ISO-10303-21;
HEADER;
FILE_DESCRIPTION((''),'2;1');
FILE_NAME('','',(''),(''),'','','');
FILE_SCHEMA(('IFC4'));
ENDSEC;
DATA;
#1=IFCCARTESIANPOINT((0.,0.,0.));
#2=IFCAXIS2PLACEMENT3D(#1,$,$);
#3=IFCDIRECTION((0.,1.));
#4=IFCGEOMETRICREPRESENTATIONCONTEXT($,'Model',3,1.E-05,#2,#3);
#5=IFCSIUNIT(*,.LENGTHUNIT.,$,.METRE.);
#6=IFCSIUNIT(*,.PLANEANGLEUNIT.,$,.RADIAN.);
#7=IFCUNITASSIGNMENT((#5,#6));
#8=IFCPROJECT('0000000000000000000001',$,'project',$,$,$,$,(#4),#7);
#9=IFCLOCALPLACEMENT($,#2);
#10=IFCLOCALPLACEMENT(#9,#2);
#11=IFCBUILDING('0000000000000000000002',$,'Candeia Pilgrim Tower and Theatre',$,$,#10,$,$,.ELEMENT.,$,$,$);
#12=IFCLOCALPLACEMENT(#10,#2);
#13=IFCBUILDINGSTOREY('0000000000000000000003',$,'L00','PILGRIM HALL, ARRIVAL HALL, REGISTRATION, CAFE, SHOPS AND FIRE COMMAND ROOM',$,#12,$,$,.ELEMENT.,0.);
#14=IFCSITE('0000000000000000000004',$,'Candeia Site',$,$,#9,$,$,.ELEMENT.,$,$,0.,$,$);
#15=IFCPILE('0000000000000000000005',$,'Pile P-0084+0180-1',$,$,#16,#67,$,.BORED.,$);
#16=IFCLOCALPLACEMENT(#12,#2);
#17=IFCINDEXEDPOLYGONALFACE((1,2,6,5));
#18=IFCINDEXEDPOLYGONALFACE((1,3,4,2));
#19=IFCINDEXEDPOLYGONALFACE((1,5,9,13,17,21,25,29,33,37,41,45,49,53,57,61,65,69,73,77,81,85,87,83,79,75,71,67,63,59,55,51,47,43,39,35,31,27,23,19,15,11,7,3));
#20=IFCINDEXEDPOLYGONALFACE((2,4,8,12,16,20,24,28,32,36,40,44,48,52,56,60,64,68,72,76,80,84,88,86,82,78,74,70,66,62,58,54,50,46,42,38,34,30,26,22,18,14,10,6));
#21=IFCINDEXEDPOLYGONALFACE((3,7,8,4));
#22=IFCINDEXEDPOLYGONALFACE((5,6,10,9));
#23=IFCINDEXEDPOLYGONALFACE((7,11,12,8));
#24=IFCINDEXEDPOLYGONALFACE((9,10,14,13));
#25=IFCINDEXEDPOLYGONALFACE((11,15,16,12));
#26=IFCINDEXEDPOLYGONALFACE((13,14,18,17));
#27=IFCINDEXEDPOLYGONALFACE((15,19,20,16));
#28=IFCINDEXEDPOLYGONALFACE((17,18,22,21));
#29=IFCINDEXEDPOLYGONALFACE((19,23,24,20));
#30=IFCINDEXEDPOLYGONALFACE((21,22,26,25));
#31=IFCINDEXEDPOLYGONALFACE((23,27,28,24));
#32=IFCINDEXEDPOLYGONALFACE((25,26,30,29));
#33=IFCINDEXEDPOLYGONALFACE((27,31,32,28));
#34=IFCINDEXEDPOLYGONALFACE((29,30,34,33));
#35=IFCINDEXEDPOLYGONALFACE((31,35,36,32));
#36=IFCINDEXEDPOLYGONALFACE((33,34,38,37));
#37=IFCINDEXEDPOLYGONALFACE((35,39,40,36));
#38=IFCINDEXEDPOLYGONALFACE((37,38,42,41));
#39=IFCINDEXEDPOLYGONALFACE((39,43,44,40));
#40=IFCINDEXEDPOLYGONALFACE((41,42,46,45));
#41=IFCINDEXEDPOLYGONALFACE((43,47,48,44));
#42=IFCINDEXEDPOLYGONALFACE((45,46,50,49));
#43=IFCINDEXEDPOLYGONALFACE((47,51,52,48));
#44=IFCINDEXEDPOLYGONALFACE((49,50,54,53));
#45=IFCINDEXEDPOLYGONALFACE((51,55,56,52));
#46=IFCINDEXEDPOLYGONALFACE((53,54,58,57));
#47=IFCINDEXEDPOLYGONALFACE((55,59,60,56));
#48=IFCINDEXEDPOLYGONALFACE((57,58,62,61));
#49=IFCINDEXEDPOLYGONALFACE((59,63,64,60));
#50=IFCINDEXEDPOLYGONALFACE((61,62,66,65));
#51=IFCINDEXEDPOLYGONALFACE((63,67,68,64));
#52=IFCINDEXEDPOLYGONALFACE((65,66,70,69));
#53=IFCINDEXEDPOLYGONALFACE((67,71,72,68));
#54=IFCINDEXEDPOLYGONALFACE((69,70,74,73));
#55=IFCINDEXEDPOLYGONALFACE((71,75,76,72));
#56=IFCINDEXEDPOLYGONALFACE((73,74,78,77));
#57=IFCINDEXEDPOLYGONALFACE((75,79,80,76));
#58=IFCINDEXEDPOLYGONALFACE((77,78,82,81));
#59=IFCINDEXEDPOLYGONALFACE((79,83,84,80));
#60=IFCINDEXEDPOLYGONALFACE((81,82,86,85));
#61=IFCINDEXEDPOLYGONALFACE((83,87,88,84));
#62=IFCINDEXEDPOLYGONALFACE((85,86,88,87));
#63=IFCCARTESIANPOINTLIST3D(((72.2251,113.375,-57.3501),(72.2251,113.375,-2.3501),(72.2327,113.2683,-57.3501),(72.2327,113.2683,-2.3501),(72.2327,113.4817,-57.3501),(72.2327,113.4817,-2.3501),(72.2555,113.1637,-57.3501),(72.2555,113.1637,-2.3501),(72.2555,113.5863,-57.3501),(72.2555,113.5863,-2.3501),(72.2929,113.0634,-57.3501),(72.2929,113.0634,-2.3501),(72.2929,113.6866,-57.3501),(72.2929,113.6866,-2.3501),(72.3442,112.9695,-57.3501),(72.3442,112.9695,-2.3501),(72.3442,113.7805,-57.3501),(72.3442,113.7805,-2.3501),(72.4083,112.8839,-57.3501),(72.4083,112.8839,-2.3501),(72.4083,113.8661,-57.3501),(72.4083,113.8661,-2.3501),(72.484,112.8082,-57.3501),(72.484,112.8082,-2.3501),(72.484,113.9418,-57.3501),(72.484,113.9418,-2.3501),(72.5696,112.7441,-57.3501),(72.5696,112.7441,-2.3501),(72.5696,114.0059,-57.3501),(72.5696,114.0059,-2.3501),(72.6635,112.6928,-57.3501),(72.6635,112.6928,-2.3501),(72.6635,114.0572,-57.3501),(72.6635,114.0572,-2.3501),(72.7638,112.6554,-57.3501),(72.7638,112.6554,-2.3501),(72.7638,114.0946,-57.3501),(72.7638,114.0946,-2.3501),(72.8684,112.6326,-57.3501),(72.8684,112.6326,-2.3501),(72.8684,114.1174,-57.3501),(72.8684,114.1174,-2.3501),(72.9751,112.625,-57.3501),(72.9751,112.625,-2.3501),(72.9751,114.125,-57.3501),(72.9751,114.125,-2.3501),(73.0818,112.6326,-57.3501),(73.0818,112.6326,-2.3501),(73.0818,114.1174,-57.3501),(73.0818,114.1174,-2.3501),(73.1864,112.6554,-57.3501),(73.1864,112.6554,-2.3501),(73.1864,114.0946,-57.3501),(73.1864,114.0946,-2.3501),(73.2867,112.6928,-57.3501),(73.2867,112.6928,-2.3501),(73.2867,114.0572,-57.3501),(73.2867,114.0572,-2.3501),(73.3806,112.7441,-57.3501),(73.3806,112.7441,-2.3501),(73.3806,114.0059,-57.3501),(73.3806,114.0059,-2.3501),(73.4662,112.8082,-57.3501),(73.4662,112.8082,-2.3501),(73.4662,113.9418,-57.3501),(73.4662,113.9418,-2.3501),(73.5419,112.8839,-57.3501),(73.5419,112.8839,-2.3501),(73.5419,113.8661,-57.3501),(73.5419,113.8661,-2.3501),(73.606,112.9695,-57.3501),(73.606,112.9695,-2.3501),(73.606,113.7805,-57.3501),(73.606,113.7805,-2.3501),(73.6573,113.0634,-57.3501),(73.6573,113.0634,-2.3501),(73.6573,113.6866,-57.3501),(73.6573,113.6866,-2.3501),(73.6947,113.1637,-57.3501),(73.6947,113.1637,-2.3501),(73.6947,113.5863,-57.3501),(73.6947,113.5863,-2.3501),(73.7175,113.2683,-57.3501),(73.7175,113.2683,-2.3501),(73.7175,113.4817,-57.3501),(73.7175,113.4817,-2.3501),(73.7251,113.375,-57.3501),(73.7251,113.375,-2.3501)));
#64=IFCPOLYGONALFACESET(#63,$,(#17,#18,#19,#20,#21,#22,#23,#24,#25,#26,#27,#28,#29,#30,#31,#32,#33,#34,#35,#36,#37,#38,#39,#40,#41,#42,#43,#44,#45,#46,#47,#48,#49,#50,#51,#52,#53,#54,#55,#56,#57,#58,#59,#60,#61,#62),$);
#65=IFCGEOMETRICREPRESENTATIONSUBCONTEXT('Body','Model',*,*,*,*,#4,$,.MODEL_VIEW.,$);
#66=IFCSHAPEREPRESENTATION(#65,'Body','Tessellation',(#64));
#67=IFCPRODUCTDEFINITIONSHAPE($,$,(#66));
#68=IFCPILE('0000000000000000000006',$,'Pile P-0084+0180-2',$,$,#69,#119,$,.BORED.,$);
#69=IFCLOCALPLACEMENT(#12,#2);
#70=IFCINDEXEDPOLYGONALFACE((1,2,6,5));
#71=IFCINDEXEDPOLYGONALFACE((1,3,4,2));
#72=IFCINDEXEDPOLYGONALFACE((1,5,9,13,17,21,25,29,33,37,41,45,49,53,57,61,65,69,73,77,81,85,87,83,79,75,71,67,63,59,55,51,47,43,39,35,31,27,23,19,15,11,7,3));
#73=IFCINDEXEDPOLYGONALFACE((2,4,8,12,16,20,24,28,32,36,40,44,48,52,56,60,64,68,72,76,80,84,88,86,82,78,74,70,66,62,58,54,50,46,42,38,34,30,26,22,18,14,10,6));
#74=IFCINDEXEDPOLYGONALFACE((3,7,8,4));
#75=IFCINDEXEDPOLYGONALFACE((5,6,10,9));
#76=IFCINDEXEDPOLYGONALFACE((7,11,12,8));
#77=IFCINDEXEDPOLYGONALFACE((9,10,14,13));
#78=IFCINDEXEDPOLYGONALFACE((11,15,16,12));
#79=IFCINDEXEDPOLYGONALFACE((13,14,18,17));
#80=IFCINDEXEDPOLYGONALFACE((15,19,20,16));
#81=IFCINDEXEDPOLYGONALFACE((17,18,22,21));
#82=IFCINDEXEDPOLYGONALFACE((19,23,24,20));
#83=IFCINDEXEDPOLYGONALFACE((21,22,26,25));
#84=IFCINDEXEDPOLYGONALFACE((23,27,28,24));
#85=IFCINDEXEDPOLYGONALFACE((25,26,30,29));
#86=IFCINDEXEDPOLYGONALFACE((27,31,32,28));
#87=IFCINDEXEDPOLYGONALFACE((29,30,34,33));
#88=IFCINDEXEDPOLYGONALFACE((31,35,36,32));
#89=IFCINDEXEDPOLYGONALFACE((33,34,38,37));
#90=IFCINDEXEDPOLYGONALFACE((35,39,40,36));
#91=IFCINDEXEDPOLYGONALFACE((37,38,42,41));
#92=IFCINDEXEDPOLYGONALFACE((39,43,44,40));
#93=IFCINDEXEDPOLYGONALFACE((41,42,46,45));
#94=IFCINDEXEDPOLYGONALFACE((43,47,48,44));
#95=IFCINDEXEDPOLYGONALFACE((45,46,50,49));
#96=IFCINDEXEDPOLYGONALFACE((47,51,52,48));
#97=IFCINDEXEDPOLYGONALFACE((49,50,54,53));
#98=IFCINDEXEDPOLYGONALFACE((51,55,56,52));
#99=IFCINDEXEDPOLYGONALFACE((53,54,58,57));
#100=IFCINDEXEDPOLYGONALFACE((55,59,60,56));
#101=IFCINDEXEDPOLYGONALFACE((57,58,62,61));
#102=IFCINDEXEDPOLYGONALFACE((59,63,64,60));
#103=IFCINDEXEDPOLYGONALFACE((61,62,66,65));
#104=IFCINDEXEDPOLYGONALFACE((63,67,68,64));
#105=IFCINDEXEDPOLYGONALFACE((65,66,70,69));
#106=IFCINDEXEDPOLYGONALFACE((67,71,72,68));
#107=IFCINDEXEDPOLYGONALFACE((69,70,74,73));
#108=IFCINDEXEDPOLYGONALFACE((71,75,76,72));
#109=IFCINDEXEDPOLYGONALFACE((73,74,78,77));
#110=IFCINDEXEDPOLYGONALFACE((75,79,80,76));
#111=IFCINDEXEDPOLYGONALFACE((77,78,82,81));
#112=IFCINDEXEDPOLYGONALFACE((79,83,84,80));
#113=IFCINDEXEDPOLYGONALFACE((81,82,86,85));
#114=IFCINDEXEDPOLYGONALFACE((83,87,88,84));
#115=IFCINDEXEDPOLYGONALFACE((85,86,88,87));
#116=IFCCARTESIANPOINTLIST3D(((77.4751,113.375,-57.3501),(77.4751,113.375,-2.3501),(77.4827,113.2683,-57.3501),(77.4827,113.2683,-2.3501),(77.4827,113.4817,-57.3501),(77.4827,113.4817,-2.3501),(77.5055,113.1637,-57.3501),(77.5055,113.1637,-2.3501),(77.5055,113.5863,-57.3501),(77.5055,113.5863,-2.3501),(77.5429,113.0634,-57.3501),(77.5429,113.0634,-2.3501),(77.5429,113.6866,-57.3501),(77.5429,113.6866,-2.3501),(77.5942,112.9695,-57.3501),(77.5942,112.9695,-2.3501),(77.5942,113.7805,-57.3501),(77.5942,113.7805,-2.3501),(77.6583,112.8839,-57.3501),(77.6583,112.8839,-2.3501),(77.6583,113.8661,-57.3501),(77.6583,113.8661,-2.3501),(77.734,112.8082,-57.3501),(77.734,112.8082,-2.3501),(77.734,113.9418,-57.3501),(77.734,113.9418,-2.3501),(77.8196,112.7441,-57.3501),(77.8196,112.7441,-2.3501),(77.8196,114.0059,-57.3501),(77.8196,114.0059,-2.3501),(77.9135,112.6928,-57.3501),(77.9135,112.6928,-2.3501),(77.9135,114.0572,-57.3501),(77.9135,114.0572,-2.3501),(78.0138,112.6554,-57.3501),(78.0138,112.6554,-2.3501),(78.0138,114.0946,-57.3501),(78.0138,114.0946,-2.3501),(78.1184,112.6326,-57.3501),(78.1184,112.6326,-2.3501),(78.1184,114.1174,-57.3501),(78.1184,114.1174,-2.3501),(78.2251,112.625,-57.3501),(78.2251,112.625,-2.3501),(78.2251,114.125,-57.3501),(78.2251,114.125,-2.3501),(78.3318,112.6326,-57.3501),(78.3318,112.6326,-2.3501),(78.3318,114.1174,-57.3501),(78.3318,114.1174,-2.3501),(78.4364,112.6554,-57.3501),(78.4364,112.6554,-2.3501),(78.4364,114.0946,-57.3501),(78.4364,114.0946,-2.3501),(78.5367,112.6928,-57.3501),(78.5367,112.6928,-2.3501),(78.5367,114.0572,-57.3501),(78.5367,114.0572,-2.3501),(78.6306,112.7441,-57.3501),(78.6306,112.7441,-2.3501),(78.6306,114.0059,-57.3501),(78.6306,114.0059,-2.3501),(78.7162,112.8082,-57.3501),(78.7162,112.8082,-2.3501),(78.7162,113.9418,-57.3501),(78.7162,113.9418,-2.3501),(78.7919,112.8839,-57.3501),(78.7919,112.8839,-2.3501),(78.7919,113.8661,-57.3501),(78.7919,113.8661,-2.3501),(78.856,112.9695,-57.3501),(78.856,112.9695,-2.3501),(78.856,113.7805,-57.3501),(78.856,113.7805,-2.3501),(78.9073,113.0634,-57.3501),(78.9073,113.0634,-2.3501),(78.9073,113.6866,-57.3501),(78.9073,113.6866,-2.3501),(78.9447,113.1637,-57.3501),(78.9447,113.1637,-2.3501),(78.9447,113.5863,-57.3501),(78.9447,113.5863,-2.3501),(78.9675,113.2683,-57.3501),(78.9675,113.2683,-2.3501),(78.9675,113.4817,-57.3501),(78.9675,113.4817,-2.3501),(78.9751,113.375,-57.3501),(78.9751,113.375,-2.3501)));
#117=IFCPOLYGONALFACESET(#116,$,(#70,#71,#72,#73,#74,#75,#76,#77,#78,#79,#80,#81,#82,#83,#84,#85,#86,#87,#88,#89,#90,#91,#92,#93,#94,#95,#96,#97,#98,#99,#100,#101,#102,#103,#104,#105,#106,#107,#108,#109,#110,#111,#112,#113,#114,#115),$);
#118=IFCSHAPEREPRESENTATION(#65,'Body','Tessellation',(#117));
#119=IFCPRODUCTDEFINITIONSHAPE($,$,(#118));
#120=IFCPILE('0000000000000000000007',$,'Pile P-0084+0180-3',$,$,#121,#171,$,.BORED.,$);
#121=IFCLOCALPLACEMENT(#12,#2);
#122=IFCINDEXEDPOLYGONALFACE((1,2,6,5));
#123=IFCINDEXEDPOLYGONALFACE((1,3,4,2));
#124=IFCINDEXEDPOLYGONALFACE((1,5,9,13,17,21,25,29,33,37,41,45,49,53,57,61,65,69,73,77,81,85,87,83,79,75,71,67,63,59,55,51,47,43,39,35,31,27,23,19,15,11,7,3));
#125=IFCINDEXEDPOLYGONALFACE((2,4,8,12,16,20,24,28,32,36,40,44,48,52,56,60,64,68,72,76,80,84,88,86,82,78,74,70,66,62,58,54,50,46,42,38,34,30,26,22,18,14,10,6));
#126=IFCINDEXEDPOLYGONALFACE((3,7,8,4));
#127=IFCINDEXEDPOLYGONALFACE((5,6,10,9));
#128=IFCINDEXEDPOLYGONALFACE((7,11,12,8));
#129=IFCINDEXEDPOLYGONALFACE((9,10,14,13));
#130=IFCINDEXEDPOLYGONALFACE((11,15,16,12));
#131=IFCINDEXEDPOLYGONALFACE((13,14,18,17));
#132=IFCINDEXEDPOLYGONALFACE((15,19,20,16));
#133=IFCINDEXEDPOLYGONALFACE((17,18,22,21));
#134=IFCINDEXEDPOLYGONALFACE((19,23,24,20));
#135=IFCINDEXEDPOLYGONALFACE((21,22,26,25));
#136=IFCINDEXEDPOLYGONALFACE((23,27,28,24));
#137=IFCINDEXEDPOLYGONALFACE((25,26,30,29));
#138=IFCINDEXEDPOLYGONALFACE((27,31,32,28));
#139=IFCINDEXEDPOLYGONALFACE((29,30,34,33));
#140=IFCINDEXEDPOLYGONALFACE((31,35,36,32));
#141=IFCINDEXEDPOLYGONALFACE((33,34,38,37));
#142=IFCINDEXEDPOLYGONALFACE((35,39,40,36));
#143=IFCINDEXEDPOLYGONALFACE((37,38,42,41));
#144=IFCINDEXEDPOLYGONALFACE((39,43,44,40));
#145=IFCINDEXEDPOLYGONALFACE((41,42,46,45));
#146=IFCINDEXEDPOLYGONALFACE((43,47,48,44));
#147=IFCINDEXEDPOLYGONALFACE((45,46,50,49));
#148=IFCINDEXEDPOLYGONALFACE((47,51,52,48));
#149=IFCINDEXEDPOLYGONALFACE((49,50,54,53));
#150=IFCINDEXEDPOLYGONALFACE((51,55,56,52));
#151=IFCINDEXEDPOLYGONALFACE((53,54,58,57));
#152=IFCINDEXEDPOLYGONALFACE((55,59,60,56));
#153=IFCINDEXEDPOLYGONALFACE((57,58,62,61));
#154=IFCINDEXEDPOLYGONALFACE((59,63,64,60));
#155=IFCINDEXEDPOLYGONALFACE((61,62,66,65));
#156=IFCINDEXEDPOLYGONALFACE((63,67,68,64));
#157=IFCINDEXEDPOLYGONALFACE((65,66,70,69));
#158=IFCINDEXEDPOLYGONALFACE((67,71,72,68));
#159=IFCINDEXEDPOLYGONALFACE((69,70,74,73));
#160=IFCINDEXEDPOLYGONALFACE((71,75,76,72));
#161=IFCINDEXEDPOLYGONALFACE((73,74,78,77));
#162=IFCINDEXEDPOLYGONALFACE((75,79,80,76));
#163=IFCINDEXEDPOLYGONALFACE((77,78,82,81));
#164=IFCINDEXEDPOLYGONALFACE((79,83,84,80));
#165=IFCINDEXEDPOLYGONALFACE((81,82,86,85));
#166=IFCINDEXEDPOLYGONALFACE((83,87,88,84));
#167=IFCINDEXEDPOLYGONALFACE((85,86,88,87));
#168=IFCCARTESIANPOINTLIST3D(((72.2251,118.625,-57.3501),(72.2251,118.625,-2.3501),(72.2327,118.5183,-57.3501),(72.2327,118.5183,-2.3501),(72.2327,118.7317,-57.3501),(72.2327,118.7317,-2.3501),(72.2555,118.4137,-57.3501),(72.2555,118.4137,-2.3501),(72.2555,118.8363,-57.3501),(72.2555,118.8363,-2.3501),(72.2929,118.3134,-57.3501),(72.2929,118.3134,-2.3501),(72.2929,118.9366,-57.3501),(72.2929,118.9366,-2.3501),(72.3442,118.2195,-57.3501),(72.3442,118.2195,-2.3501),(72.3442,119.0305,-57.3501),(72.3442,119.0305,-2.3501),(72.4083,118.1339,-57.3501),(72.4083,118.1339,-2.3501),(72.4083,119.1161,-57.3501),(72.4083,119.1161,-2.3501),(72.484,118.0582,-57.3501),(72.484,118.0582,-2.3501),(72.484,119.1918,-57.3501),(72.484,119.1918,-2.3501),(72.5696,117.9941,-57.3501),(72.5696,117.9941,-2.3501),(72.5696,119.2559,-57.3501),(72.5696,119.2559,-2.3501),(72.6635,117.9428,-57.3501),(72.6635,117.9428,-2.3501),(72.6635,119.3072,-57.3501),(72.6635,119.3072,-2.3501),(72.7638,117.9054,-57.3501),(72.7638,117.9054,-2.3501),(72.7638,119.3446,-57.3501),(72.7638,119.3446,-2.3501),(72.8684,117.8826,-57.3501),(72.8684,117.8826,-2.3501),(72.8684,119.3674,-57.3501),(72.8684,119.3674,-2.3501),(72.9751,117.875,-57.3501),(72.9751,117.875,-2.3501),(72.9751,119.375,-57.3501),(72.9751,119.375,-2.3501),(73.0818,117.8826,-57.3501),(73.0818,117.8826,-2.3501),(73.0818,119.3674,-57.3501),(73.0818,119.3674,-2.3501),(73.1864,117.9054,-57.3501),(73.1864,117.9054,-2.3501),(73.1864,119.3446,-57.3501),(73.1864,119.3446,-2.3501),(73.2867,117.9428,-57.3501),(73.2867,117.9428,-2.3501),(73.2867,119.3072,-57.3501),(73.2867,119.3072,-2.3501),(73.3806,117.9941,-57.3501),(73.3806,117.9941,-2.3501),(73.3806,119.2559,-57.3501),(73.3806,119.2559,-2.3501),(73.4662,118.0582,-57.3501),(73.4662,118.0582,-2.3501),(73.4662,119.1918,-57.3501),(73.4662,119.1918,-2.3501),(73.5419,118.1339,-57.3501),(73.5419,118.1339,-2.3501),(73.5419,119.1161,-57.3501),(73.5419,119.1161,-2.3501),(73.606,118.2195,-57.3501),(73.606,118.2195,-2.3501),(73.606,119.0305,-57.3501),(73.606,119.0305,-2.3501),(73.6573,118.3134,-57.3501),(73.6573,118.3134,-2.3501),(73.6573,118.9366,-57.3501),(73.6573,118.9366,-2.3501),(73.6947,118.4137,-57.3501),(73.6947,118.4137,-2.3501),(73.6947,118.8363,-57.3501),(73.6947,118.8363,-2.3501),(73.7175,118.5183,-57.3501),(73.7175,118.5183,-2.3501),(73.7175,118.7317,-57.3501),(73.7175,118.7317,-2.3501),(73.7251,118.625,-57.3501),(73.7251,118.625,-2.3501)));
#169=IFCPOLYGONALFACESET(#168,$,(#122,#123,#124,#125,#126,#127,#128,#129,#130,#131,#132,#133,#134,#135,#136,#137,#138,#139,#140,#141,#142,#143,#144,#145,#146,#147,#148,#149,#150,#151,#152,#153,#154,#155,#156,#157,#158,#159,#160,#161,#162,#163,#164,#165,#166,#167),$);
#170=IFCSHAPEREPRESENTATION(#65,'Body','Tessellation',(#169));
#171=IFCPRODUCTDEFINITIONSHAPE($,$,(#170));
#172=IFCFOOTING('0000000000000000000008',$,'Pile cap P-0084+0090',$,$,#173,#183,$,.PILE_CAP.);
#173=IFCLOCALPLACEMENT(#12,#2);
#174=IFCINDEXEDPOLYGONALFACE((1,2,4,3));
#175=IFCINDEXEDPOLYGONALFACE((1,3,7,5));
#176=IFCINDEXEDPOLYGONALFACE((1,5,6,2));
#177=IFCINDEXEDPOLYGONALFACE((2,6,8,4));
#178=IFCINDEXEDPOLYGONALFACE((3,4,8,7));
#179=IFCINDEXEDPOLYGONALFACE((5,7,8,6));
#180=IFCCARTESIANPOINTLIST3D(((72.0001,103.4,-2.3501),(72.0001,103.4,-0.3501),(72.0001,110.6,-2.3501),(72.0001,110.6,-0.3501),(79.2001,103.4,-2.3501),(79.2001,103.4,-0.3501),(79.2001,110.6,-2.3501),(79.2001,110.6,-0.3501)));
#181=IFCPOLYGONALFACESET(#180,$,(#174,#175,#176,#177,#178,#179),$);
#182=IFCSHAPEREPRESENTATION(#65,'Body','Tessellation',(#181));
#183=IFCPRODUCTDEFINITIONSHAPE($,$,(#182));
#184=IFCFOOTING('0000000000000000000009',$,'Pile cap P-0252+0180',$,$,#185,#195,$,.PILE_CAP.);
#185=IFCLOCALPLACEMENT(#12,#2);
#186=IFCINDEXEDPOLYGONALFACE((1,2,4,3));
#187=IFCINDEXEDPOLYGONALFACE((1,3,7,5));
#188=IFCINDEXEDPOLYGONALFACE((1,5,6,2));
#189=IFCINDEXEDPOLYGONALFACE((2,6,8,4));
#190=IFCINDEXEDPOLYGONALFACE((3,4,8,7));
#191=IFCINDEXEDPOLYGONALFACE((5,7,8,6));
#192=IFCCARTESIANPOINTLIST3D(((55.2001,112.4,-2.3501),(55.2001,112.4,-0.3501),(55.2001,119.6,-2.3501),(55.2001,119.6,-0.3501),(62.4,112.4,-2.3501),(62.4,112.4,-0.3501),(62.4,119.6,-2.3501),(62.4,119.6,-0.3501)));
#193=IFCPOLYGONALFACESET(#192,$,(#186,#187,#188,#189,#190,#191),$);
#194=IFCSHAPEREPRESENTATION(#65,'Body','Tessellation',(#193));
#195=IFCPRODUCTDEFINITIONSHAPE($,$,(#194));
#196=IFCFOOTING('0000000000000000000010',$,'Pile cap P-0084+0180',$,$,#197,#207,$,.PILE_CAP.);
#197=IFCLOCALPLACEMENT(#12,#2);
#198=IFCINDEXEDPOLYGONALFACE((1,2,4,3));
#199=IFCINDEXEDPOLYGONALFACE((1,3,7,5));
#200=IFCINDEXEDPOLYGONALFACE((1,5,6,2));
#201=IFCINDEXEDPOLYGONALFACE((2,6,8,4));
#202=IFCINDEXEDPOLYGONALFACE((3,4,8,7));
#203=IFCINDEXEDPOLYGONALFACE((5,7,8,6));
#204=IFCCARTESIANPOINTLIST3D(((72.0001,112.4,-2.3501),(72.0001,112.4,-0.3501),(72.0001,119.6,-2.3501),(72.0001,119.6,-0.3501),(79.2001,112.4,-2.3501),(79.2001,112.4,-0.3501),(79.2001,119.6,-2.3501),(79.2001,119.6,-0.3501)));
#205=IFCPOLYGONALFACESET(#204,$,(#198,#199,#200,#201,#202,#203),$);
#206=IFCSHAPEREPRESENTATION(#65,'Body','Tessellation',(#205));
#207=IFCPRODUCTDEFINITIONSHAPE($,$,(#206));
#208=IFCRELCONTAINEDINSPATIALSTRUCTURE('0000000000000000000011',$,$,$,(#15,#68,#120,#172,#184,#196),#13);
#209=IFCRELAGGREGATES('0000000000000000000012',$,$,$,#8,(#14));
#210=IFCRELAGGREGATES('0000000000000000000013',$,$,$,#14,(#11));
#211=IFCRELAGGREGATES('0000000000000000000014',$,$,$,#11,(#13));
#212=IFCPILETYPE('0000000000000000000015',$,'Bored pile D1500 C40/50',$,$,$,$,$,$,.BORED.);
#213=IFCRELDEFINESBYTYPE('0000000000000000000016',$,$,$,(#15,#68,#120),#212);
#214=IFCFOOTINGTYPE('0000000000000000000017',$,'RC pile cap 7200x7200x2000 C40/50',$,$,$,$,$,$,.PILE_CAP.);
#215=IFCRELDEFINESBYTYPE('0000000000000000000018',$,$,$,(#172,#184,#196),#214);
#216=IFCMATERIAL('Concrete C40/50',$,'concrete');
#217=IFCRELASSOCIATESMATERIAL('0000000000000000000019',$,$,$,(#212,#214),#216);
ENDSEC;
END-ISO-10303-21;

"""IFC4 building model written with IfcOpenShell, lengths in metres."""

from ifc_helpers import new_model, si_unit, direction, frame, origin, origin_2d, place, context, subcontext, project, spatial, rectangle, circle, extrude, material, material_profile, profile_set, type_object, element, save


model = new_model("IFC4")

# Units and contexts
model_context = context("Model", 3, precision=1e-05, world=origin(), true_north=direction((0.0, 1.0)))
body_context = subcontext(model_context, "Body", "Model", "MODEL_VIEW")
ifc_project = project(units=[si_unit("LENGTHUNIT", "METRE"), si_unit("PLANEANGLEUNIT", "RADIAN")], contexts=[model_context])

# Site, building, storey
site_placement = place(None, origin())
site = spatial("IfcSite", under=ifc_project, at=site_placement, Name="Candeia Site", CompositionType="ELEMENT", RefElevation=0.0)
building_placement = place(site_placement, origin())
building = spatial("IfcBuilding", under=site, at=building_placement, Name="Candeia Pilgrim Tower and Theatre", CompositionType="ELEMENT")
storey_placement = place(building_placement, origin())
storey = spatial("IfcBuildingStorey", under=building, at=storey_placement, Name="L00", Description="PILGRIM HALL, ARRIVAL HALL, REGISTRATION, CAFE, SHOPS AND FIRE COMMAND ROOM", CompositionType="ELEMENT", Elevation=0.0)

# Piles
ifc_material_1 = material(Name="Concrete C40/50", Category="concrete")
ifc_material_profile_1 = material_profile(ifc_material_1, circle(Radius=0.75, at=origin_2d()))
ifc_profile_set_1 = profile_set([ifc_material_profile_1], Name="Concrete C40/50")
pile_type = type_object("IfcPileType", Name="Bored pile D1500 C40/50", PredefinedType="BORED", material=ifc_profile_set_1)
for number, where, z_axis, x_axis, name in (
    (1, (72.9751, 113.375, -2.3501), (0.0, 0.0, -1.0), (1.0, 0.0, 0.0), "Pile P-0084+0180-1"),
    (2, (78.2251, 113.375, -2.3501), (0.0, 0.0, -1.0), (1.0, 0.0, 0.0), "Pile P-0084+0180-2"),
    (3, (72.9751, 118.625, -2.3501), (0.0, 0.0, -1.0), (1.0, 0.0, 0.0), "Pile P-0084+0180-3"),
):
    element("IfcPile", number, at=place(storey_placement, frame(where, z_axis=z_axis, x_axis=x_axis)), inside=storey, type_object=pile_type, Name=name, PredefinedType="BORED", context=body_context, shape_type="SweptSolid", body=[
        extrude(circle(Radius=0.75, at=origin_2d()), origin(), (0.0, 0.0, 1.0), 55.0),
    ])

# Footings
footing_type = type_object("IfcFootingType", Name="RC pile cap 7200x7200x2000 C40/50", PredefinedType="PILE_CAP", material=ifc_material_1)
for number, where, z_axis, x_axis, name in (
    (4, (75.6001, 107.0, -2.3501), (0.0, 0.0, 1.0), (1.0, 0.0, 0.0), "Pile cap P-0084+0090"),
    (5, (58.8, 116.0, -2.3501), (0.0, 0.0, 1.0), (1.0, 0.0, 0.0), "Pile cap P-0252+0180"),
    (6, (75.6001, 116.0, -2.3501), (0.0, 0.0, 1.0), (1.0, 0.0, 0.0), "Pile cap P-0084+0180"),
):
    element("IfcFooting", number, at=place(storey_placement, frame(where, z_axis=z_axis, x_axis=x_axis)), inside=storey, type_object=footing_type, Name=name, PredefinedType="PILE_CAP", context=body_context, shape_type="SweptSolid", body=[
        extrude(rectangle(XDim=7.2, YDim=7.2, at=origin_2d()), origin(), (0.0, 0.0, 1.0), 2.0),
    ])

save(model, "model.ifc")
